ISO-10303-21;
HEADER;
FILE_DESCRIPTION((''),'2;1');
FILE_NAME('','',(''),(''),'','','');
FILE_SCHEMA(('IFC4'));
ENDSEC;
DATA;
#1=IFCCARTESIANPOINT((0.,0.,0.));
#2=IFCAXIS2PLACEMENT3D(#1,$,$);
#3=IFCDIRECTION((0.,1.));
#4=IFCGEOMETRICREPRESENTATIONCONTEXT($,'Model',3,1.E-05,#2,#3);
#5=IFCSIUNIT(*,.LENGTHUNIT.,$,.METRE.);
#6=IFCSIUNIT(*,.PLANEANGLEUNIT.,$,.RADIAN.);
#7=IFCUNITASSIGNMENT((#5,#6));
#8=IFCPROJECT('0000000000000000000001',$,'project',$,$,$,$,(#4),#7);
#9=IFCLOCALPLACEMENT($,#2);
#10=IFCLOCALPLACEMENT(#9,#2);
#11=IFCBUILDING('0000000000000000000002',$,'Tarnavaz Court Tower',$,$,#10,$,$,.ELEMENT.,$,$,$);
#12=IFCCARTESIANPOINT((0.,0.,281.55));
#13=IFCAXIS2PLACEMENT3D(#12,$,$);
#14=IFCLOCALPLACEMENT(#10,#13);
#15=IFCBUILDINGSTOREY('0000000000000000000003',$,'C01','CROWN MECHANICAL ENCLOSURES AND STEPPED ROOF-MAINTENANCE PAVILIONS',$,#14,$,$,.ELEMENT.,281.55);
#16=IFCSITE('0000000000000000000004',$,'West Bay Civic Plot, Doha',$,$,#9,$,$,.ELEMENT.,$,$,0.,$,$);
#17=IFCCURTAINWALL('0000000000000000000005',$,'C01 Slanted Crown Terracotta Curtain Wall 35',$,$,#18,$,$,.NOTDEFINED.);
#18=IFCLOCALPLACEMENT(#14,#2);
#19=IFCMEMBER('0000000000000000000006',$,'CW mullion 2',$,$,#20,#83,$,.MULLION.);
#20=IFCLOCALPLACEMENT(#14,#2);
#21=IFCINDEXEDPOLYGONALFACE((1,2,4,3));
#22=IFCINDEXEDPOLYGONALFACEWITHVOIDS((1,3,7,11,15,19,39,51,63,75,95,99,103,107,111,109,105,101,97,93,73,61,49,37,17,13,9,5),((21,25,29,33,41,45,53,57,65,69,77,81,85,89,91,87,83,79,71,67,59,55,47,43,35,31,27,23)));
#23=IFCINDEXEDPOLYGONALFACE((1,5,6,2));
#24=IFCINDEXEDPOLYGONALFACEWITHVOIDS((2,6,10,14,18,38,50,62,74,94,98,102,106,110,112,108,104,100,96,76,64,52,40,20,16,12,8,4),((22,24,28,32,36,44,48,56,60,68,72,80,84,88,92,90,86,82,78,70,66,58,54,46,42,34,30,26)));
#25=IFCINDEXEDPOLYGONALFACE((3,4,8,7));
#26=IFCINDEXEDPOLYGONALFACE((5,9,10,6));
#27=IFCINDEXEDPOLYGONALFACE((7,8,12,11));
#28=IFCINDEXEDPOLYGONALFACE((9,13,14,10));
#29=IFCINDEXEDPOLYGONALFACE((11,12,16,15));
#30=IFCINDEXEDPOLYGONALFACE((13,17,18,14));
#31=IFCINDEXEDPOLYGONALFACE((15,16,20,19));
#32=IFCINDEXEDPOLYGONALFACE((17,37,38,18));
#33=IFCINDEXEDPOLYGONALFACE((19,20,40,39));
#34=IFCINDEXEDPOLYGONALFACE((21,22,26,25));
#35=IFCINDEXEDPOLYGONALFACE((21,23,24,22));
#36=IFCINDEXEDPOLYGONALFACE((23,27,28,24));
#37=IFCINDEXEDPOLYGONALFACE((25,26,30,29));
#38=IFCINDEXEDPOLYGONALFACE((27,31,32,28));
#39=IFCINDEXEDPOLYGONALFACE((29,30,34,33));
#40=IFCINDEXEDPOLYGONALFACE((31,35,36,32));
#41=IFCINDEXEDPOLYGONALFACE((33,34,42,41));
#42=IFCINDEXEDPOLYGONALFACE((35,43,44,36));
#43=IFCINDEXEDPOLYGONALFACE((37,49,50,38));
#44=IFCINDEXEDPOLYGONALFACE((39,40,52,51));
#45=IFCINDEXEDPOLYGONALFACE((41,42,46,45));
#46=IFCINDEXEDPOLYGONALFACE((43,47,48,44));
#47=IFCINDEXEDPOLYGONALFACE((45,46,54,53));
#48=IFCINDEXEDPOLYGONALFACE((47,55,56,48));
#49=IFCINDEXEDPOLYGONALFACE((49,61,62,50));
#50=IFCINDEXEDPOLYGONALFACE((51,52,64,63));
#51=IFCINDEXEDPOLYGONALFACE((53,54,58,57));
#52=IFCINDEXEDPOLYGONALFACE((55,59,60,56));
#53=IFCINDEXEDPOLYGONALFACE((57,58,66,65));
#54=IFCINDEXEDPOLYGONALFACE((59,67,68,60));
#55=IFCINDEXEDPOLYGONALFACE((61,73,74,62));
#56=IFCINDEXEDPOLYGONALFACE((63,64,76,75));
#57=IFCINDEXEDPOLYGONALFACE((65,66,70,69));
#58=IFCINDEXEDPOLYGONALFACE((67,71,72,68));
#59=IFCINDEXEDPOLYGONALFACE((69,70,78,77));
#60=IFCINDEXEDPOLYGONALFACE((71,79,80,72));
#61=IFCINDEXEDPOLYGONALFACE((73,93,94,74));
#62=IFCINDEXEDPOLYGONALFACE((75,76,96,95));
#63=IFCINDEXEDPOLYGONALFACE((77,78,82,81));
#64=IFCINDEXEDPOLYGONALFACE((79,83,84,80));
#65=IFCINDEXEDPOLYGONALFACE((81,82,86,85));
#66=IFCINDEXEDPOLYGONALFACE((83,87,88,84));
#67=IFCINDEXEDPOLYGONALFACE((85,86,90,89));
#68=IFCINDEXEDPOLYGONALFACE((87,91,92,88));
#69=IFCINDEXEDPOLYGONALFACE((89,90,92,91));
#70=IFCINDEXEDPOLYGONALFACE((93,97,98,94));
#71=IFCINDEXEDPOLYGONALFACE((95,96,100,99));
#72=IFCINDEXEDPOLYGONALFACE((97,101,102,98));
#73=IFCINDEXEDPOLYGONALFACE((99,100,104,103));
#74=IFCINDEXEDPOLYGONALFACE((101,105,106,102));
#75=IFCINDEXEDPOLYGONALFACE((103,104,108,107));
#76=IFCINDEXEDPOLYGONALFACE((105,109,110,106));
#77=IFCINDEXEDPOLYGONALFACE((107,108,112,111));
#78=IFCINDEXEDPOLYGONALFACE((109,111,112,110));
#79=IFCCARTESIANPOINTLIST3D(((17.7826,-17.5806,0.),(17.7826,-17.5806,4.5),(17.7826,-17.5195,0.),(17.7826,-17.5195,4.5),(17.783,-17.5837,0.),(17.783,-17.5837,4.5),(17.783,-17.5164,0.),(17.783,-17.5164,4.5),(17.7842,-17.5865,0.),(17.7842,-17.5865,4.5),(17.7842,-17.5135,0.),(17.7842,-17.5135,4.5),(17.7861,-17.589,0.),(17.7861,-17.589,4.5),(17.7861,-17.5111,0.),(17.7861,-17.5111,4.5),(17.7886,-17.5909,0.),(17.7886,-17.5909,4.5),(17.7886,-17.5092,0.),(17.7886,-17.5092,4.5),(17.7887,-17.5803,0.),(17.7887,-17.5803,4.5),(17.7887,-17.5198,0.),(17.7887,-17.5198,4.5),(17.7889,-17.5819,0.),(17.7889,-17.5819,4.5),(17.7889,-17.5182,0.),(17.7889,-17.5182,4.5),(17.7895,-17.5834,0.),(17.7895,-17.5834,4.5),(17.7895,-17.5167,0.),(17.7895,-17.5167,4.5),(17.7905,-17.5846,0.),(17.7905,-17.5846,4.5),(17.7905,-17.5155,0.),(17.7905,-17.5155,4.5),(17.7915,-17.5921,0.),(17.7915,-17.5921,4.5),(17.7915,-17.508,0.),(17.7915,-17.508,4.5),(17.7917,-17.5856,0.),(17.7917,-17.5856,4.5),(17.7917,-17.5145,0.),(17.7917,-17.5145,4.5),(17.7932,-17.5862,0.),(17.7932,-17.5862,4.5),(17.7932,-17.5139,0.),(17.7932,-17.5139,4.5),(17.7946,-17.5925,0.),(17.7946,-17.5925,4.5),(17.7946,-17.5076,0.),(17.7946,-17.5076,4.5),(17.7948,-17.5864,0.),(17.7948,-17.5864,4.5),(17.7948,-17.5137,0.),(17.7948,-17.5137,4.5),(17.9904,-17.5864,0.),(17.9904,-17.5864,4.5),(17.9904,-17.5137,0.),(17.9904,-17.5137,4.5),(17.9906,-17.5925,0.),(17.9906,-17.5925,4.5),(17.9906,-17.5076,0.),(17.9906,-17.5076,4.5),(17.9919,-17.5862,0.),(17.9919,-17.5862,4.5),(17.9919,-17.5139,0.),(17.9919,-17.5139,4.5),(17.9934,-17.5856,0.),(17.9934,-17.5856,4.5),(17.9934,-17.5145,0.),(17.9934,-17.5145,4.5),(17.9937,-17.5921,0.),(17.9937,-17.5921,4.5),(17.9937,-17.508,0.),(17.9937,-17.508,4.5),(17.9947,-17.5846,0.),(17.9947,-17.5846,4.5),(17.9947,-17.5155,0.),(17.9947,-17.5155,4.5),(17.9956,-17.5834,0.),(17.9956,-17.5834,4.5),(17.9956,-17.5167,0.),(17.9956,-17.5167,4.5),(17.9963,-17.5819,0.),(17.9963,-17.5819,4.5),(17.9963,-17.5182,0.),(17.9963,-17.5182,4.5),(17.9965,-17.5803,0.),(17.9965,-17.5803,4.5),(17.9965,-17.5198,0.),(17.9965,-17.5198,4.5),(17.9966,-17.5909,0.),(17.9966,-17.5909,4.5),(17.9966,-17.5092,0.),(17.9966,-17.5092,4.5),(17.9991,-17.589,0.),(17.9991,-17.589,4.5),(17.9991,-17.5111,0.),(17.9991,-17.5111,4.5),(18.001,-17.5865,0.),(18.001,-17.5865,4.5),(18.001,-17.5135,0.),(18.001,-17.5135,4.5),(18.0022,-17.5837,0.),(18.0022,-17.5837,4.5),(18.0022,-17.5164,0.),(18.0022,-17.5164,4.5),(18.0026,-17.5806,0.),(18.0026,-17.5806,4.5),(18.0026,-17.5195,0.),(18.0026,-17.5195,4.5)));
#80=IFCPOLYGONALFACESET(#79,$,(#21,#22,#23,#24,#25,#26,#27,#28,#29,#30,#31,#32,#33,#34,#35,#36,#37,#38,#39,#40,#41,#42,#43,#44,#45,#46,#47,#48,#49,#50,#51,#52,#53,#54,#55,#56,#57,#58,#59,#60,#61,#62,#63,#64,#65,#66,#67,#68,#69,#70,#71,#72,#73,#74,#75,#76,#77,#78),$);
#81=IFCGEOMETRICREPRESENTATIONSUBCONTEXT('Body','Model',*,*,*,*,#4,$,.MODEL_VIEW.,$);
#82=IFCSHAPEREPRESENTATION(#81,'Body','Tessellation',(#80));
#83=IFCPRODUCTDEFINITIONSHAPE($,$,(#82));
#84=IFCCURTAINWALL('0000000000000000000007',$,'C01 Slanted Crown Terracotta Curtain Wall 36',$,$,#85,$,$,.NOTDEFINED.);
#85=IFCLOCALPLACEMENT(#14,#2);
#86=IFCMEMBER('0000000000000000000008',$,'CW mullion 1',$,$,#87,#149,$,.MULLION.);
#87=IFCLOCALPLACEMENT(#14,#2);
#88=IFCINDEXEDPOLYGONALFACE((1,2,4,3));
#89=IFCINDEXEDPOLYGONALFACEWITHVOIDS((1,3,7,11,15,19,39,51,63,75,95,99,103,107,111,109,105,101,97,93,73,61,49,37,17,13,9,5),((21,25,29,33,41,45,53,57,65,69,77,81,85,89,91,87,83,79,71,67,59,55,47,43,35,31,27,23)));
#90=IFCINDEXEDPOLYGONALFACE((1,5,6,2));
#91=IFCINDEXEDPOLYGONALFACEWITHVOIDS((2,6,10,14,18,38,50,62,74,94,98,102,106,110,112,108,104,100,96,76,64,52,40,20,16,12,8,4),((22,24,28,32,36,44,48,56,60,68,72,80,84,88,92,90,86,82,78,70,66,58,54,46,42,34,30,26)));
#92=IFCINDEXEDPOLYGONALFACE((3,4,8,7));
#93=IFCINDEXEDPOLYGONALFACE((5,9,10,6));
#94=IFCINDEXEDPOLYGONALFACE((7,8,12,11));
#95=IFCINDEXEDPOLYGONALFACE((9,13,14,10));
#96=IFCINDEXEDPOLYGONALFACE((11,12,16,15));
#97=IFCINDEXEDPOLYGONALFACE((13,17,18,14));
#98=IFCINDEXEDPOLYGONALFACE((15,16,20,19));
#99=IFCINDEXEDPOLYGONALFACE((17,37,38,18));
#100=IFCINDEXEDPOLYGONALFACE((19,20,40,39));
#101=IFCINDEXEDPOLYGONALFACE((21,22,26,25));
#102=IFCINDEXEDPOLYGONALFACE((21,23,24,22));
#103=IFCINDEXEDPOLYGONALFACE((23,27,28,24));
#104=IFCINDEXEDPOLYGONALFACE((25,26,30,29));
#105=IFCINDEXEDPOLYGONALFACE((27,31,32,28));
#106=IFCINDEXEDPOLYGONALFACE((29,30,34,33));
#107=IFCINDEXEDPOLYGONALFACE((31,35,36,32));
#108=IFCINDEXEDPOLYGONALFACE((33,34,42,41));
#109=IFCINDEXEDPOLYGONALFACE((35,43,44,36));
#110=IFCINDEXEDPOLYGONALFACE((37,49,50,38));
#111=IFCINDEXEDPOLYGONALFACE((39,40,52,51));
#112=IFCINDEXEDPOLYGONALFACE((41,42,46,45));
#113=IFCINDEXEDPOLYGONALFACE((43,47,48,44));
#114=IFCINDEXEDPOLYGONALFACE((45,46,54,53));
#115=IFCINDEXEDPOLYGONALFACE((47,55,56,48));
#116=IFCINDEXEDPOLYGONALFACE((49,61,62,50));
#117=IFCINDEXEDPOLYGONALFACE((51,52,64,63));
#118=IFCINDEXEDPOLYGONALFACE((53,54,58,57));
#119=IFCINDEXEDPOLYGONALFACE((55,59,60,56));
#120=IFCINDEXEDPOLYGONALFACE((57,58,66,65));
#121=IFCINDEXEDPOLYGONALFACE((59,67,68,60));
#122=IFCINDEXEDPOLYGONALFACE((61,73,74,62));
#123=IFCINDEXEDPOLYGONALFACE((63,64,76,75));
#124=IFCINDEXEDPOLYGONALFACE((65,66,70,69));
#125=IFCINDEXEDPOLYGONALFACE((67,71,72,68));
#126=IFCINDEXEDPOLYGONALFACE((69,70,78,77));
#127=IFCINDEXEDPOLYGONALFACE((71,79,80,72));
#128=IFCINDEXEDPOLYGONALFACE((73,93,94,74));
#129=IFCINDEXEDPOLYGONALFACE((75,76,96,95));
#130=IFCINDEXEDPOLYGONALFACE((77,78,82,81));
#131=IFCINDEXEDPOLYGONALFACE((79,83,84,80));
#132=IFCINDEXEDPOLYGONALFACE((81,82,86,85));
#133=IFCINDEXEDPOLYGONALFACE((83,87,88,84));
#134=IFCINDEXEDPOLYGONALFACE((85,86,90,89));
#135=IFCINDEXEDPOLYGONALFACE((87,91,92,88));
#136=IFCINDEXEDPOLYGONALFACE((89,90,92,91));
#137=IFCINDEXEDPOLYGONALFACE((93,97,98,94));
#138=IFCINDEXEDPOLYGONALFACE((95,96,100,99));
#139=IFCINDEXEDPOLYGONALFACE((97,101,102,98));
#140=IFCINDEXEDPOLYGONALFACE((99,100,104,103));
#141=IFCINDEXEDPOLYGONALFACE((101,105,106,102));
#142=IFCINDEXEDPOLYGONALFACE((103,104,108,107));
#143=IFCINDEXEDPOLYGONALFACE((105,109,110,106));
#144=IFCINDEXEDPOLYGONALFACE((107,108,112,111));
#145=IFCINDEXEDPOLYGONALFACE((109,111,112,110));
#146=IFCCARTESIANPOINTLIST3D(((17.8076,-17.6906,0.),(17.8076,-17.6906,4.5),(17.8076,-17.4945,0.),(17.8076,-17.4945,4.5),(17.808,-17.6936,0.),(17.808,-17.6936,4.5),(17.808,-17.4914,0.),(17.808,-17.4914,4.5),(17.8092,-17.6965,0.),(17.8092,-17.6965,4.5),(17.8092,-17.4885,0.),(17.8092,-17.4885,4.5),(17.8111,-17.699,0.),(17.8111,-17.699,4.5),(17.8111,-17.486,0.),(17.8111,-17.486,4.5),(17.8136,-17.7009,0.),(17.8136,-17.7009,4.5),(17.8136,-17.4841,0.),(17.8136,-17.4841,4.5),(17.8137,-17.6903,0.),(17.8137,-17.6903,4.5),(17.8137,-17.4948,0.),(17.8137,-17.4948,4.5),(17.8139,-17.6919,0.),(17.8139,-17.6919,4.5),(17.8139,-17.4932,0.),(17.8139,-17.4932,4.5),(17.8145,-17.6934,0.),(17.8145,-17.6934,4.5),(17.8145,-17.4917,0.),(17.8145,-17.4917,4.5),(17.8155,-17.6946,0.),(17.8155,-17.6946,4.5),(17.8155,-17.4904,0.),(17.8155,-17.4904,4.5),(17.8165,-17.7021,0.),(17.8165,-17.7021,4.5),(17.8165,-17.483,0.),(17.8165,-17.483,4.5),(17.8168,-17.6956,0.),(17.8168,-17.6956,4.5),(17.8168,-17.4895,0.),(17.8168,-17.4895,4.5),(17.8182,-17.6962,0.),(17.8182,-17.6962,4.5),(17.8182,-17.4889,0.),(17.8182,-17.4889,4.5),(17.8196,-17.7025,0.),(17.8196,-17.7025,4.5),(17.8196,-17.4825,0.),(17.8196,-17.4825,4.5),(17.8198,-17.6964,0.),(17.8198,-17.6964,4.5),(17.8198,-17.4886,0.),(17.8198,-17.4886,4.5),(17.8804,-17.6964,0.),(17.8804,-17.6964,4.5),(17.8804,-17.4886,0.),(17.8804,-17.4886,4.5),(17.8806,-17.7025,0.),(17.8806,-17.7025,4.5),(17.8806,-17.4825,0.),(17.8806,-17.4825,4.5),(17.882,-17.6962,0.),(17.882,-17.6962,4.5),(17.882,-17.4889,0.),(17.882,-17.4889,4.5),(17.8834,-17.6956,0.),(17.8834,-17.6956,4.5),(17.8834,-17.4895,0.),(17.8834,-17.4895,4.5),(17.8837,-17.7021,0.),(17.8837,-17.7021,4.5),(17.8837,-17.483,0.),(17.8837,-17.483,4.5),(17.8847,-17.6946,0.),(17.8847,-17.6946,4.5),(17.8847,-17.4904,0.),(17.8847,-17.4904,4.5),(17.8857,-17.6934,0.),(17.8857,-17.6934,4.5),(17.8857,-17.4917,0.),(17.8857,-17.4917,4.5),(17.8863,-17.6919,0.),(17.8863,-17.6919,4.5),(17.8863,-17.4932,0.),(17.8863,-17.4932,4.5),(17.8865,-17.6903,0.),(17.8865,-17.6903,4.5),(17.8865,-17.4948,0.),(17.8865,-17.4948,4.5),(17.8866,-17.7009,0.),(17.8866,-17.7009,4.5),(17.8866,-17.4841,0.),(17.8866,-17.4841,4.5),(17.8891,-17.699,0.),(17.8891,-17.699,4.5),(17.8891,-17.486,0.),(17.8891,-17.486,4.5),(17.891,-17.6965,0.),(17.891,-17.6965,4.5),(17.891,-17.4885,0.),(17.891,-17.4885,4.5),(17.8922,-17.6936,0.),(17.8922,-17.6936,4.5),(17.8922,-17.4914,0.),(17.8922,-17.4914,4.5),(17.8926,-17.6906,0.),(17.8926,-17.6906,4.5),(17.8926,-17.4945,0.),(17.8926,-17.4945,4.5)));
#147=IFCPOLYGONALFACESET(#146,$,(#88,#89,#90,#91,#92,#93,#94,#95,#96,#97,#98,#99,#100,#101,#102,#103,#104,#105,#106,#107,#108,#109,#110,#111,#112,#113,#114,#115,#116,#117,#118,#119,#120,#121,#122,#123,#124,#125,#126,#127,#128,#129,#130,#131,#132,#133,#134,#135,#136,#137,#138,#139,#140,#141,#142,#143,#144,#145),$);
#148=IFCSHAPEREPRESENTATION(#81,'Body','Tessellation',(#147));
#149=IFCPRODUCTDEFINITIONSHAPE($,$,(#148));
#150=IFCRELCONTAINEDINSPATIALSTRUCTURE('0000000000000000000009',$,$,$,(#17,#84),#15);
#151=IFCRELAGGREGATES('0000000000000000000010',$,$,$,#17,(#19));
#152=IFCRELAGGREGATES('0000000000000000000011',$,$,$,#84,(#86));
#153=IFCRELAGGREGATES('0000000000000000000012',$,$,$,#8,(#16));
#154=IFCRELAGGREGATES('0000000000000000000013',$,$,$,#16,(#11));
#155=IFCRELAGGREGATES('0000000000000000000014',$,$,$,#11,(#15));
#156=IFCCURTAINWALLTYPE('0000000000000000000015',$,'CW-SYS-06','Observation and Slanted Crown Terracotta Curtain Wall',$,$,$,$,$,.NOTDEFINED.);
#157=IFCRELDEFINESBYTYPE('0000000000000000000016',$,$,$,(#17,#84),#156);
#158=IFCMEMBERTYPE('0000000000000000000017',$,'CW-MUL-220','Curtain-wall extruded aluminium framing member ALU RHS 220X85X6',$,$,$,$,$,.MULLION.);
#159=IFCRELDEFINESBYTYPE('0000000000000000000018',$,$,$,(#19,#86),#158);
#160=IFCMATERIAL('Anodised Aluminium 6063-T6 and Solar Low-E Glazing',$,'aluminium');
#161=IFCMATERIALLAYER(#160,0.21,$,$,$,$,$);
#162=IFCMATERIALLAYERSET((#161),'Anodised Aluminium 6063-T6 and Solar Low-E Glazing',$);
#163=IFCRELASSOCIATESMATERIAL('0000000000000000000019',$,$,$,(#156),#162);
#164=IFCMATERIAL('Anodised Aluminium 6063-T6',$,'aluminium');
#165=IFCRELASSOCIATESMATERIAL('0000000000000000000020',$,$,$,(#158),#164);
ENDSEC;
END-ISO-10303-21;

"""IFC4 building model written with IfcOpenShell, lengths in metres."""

from ifc_helpers import new_model, si_unit, direction, frame, origin, origin_2d, place, context, subcontext, project, spatial, hollow_rectangle, extrude, material, layer, layer_set, material_profile, profile_set, type_object, element, aggregate, save


model = new_model("IFC4")

# Units and contexts
model_context = context("Model", 3, precision=1e-05, world=origin(), true_north=direction((0.0, 1.0)))
body_context = subcontext(model_context, "Body", "Model", "MODEL_VIEW")
ifc_project = project(units=[si_unit("LENGTHUNIT", "METRE"), si_unit("PLANEANGLEUNIT", "RADIAN")], contexts=[model_context])

# Site, building, storey
site_placement = place(None, origin())
site = spatial("IfcSite", under=ifc_project, at=site_placement, Name="West Bay Civic Plot, Doha", CompositionType="ELEMENT", RefElevation=0.0)
building_placement = place(site_placement, origin())
building = spatial("IfcBuilding", under=site, at=building_placement, Name="Tarnavaz Court Tower", CompositionType="ELEMENT")
storey_placement = place(building_placement, frame((0.0, 0.0, 281.55)))
storey = spatial("IfcBuildingStorey", under=building, at=storey_placement, Name="C01", Description="CROWN MECHANICAL ENCLOSURES AND STEPPED ROOF-MAINTENANCE PAVILIONS", CompositionType="ELEMENT", Elevation=281.55)

# Shared definitions
ifc_material_1 = material(Name="Anodised Aluminium 6063-T6 and Solar Low-E Glazing", Category="aluminium")
ifc_layer_1 = layer(ifc_material_1, 0.21)
ifc_layer_set_1 = layer_set([ifc_layer_1], Name="Anodised Aluminium 6063-T6 and Solar Low-E Glazing")
curtain_wall_type = type_object("IfcCurtainWallType", Name="CW-SYS-06", Description="Observation and Slanted Crown Terracotta Curtain Wall", PredefinedType="NOTDEFINED", material=ifc_layer_set_1)
ifc_material_2 = material(Name="Anodised Aluminium 6063-T6", Category="aluminium")
ifc_material_profile_1 = material_profile(ifc_material_2, hollow_rectangle(XDim=0.085, YDim=0.22, WallThickness=0.0061, InnerFilletRadius=0.0061, OuterFilletRadius=0.012, at=origin_2d()), Name="ALU RHS 220X85X6")
ifc_profile_set_1 = profile_set([ifc_material_profile_1], Name="Anodised Aluminium 6063-T6")
member_type_1 = type_object("IfcMemberType", Name="CW-MUL-220", Description="Curtain-wall extruded aluminium framing member ALU RHS 220X85X6", PredefinedType="MULLION", material=ifc_profile_set_1)

# Curtain walls, members
curtain_wall_1_placement = place(storey_placement, origin())
curtain_wall_1 = element("IfcCurtainWall", 1, at=curtain_wall_1_placement, inside=storey, type_object=curtain_wall_type, Name="C01 Slanted Crown Terracotta Curtain Wall 35", PredefinedType="NOTDEFINED")
member_1_placement = place(storey_placement, frame((17.8926, -17.55, 0.0), z_axis=(0.0, 0.0, 1.0), x_axis=(0.0, -1.0, 0.0)))
member_1 = element("IfcMember", 2, at=member_1_placement, type_object=member_type_1, Name="CW mullion 2", PredefinedType="MULLION", context=body_context, shape_type="SweptSolid", body=[
    extrude(hollow_rectangle(XDim=0.085, YDim=0.22, WallThickness=0.0061, InnerFilletRadius=0.0061, OuterFilletRadius=0.012, at=origin_2d()), origin(), (0.0, 0.0, 1.0), 4.5),
])
curtain_wall_2_placement = place(storey_placement, origin())
curtain_wall_2 = element("IfcCurtainWall", 3, at=curtain_wall_2_placement, inside=storey, type_object=curtain_wall_type, Name="C01 Slanted Crown Terracotta Curtain Wall 36", PredefinedType="NOTDEFINED")
member_2_placement = place(storey_placement, frame((17.8501, -17.5925, 0.0), z_axis=(0.0, 0.0, 1.0), x_axis=(1.0, 0.0, 0.0)))
member_2 = element("IfcMember", 4, at=member_2_placement, type_object=member_type_1, Name="CW mullion 1", PredefinedType="MULLION", context=body_context, shape_type="SweptSolid", body=[
    extrude(hollow_rectangle(XDim=0.085, YDim=0.22, WallThickness=0.0061, InnerFilletRadius=0.0061, OuterFilletRadius=0.012, at=origin_2d()), origin(), (0.0, 0.0, 1.0), 4.5),
])

aggregate(curtain_wall_1, [member_1])
aggregate(curtain_wall_2, [member_2])

save(model, "model.ifc")
